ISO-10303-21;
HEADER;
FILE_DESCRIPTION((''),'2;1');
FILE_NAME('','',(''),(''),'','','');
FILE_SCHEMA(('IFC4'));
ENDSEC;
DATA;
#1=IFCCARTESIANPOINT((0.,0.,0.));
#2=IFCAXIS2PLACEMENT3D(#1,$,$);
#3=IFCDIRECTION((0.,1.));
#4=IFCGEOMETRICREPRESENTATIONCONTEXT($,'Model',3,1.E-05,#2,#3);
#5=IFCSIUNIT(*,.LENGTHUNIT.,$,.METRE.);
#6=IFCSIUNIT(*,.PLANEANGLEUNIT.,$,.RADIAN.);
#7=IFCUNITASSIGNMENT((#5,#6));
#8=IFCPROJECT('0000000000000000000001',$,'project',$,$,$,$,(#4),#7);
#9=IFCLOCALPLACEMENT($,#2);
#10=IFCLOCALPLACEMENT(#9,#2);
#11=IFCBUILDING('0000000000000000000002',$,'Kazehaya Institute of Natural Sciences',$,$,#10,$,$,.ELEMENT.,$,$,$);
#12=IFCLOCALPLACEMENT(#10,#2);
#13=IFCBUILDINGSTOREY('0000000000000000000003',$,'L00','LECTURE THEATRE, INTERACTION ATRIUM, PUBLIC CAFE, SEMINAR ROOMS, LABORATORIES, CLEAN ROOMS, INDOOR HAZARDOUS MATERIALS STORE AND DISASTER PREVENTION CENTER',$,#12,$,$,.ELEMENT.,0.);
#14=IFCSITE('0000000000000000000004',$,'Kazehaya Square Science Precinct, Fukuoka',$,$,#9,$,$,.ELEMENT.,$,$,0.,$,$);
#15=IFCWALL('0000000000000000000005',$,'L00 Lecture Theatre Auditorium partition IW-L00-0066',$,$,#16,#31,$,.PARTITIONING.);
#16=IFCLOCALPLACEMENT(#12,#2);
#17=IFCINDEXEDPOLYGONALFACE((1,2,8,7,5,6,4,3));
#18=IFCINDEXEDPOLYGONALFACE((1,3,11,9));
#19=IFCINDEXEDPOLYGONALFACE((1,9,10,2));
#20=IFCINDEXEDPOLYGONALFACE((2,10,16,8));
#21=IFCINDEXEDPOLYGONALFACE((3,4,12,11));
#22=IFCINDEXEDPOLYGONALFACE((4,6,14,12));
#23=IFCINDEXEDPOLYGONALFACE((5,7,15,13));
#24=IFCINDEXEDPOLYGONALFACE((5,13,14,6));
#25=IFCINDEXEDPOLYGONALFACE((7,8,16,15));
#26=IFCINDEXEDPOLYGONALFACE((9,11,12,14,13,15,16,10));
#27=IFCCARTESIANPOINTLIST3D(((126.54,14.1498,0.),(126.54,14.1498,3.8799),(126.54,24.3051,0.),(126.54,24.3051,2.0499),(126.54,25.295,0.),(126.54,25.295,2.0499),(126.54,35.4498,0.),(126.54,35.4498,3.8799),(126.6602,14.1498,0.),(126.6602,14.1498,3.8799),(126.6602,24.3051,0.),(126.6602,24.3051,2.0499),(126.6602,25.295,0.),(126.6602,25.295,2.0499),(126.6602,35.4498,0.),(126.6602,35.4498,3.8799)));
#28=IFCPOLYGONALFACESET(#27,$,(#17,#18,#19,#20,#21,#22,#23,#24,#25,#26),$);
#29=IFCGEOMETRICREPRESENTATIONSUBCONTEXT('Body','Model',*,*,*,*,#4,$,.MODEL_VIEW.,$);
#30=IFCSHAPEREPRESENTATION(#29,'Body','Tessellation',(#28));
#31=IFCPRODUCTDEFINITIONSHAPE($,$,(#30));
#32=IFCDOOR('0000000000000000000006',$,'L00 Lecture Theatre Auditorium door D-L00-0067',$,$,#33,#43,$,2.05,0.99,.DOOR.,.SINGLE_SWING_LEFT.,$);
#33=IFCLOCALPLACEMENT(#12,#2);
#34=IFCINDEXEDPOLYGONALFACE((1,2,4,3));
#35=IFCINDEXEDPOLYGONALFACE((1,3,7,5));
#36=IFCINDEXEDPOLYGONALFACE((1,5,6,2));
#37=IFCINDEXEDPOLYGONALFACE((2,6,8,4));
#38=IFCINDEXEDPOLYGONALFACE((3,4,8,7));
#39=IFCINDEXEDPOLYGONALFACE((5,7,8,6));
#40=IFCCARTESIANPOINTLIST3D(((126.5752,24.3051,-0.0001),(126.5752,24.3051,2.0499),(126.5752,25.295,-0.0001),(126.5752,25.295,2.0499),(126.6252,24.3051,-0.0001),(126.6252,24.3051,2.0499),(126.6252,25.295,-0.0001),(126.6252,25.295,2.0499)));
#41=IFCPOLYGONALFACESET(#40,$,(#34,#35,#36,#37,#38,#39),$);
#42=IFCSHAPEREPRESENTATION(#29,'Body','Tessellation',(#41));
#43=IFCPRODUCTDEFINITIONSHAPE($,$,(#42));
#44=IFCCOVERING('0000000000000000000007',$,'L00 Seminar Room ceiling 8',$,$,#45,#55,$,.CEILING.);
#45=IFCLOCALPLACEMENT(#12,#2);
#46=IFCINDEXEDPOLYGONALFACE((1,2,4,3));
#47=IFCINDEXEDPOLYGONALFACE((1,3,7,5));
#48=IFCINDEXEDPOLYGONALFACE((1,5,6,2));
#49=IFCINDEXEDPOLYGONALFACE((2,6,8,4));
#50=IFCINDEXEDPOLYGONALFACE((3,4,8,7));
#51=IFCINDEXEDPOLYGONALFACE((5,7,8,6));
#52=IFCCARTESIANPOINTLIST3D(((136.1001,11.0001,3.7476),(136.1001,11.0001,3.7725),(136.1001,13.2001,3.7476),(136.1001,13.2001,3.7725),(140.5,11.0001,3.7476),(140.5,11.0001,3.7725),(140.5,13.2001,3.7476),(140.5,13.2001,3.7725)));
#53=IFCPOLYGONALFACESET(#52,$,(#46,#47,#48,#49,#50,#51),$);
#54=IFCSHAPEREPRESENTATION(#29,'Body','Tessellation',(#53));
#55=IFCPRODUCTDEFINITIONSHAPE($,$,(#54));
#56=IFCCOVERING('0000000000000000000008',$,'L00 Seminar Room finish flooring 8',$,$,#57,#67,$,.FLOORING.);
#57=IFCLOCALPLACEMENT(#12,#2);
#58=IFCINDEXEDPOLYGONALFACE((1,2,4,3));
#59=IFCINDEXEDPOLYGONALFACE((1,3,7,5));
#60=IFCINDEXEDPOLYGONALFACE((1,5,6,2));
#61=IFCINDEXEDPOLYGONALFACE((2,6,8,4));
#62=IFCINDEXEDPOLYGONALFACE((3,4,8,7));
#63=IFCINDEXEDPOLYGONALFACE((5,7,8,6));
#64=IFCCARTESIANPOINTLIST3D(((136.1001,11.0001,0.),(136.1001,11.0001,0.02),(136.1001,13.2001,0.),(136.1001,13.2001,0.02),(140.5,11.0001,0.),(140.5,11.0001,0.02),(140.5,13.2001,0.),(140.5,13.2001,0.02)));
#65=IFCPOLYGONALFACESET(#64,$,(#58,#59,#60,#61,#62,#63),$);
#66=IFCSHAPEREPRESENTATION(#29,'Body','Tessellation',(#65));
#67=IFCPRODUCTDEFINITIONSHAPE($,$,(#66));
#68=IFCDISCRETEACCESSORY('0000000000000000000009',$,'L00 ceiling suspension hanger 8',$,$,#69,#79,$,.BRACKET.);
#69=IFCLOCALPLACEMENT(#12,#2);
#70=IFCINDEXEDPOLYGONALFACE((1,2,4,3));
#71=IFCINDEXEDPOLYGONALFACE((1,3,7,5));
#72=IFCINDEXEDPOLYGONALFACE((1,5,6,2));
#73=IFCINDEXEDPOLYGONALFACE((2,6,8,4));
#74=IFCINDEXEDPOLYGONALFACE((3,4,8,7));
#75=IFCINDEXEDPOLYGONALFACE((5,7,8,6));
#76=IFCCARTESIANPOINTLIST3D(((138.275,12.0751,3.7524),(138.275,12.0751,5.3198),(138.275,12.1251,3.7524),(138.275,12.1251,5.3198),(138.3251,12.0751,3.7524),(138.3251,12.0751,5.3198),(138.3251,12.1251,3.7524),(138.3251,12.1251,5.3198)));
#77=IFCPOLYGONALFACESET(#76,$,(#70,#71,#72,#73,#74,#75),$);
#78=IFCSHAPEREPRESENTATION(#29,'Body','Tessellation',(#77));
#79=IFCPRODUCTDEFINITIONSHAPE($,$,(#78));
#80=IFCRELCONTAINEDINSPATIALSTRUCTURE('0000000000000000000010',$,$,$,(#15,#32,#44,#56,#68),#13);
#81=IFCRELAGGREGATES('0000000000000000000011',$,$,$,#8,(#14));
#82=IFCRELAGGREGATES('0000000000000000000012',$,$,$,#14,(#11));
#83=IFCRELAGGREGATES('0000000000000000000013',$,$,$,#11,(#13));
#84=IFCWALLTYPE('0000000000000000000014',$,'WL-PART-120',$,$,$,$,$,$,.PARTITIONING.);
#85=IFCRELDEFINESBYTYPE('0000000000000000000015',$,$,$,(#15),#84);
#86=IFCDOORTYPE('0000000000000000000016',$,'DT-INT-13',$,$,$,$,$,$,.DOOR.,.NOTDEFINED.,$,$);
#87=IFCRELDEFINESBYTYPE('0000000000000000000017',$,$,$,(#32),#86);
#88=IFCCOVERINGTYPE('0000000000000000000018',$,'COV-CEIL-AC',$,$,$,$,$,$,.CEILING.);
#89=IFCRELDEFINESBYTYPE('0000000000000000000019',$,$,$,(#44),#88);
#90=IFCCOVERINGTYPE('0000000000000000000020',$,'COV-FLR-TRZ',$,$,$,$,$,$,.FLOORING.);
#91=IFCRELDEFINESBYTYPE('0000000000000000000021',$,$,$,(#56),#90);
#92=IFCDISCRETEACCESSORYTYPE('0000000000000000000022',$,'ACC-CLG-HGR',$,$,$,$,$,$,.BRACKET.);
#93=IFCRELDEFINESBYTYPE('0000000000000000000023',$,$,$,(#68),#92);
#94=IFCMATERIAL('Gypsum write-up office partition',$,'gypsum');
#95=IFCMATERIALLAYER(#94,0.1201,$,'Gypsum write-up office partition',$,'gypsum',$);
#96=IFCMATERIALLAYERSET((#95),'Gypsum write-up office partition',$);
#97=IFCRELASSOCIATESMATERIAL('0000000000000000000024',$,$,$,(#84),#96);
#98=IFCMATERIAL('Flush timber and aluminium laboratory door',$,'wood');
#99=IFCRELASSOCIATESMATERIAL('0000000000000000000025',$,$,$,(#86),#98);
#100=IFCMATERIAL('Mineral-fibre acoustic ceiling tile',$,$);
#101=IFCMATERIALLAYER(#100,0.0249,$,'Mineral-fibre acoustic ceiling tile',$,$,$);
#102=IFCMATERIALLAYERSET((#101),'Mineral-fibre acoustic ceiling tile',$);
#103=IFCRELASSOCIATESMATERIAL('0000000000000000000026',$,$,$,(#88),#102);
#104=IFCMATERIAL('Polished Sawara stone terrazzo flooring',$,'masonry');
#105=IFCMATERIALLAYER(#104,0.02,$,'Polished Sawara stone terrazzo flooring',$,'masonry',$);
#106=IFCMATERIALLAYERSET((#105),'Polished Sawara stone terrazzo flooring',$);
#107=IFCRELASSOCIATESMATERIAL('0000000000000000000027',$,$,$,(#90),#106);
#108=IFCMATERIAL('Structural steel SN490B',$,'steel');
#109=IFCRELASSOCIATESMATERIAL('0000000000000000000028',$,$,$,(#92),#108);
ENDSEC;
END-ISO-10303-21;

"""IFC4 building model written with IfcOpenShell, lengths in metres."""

from ifc_helpers import new_model, si_unit, direction, frame, frame_2d, origin, origin_2d, place, context, subcontext, project, spatial, rectangle, extrude, material, layer, layer_set, type_object, element, fill, save


model = new_model("IFC4")

# Units and contexts
model_context = context("Model", 3, precision=1e-05, world=origin(), true_north=direction((0.0, 1.0)))
body_context = subcontext(model_context, "Body", "Model", "MODEL_VIEW")
ifc_project = project(units=[si_unit("LENGTHUNIT", "METRE"), si_unit("PLANEANGLEUNIT", "RADIAN")], contexts=[model_context])

# Site, building, storey
site_placement = place(None, origin())
site = spatial("IfcSite", under=ifc_project, at=site_placement, Name="Kazehaya Square Science Precinct, Fukuoka", CompositionType="ELEMENT", RefElevation=0.0)
building_placement = place(site_placement, origin())
building = spatial("IfcBuilding", under=site, at=building_placement, Name="Kazehaya Institute of Natural Sciences", CompositionType="ELEMENT")
storey_placement = place(building_placement, origin())
storey = spatial("IfcBuildingStorey", under=building, at=storey_placement, Name="L00", Description="LECTURE THEATRE, INTERACTION ATRIUM, PUBLIC CAFE, SEMINAR ROOMS, LABORATORIES, CLEAN ROOMS, INDOOR HAZARDOUS MATERIALS STORE AND DISASTER PREVENTION CENTER", CompositionType="ELEMENT", Elevation=0.0)

# Wall, opening, door
ifc_material_1 = material(Name="Gypsum write-up office partition", Category="gypsum")
ifc_layer_1 = layer(ifc_material_1, 0.1201, Name="Gypsum write-up office partition", Category="gypsum")
ifc_layer_set_1 = layer_set([ifc_layer_1], Name="Gypsum write-up office partition")
wall_type_1 = type_object("IfcWallType", Name="WL-PART-120", PredefinedType="PARTITIONING", material=ifc_layer_set_1)
wall_1_placement = place(storey_placement, frame((126.6001, 14.1499, 0.0), z_axis=(0.0, 0.0, 1.0), x_axis=(0.0, 1.0, 0.0)))
wall_1 = element("IfcWall", 1, at=wall_1_placement, inside=storey, type_object=wall_type_1, Name="L00 Lecture Theatre Auditorium partition IW-L00-0066", PredefinedType="PARTITIONING", context=body_context, shape_type="SweptSolid", body=[
    extrude(rectangle(XDim=21.3, YDim=0.1201, at=frame_2d((10.6499, 0.0))), origin(), (0.0, 0.0, 1.0), 3.8799),
])
opening_placement = place(wall_1_placement, frame((10.155, 0.0, 0.0)))
opening = element("IfcOpeningElement", 2, at=opening_placement, cuts=wall_1, PredefinedType="OPENING", context=body_context, shape_type="SweptSolid", body=[
    extrude(rectangle(XDim=0.99, YDim=2.05, at=frame_2d((0.4951, 1.0249))), frame((0.0, 0.0701, 0.0), z_axis=(0.0, -1.0, 0.0), x_axis=(1.0, 0.0, 0.0)), (0.0, 0.0, 1.0), 0.1401),
])
ifc_material_2 = material(Name="Flush timber and aluminium laboratory door", Category="wood")
door_type = type_object("IfcDoorType", Name="DT-INT-13", OperationType="NOTDEFINED", PredefinedType="DOOR", material=ifc_material_2)
door_placement = place(opening_placement, origin())
door = element("IfcDoor", 3, at=door_placement, inside=storey, type_object=door_type, Name="L00 Lecture Theatre Auditorium door D-L00-0067", OperationType="SINGLE_SWING_LEFT", OverallHeight=2.05, OverallWidth=0.99, PredefinedType="DOOR", context=body_context, shape_type="SweptSolid", body=[
    extrude(rectangle(XDim=0.99, YDim=2.05, at=frame_2d((0.4951, 1.0249))), frame((0.0, 0.0249, 0.0), z_axis=(0.0, -1.0, 0.0), x_axis=(1.0, 0.0, 0.0)), (0.0, 0.0, 1.0), 0.05),
])
fill(opening, door)

# Coverings
ifc_material_3 = material(Name="Mineral-fibre acoustic ceiling tile")
ifc_layer_2 = layer(ifc_material_3, 0.0249, Name="Mineral-fibre acoustic ceiling tile")
ifc_layer_set_2 = layer_set([ifc_layer_2], Name="Mineral-fibre acoustic ceiling tile")
covering_type_1 = type_object("IfcCoveringType", Name="COV-CEIL-AC", PredefinedType="CEILING", material=ifc_layer_set_2)
covering_1_placement = place(storey_placement, frame((138.3, 12.1001, 3.7476), z_axis=(0.0, 0.0, 1.0), x_axis=(1.0, 0.0, 0.0)))
element("IfcCovering", 4, at=covering_1_placement, inside=storey, type_object=covering_type_1, Name="L00 Seminar Room ceiling 8", PredefinedType="CEILING", context=body_context, shape_type="SweptSolid", body=[
    extrude(rectangle(XDim=4.3999, YDim=2.2, at=origin_2d()), origin(), (0.0, 0.0, 1.0), 0.0249),
])
ifc_material_4 = material(Name="Polished Sawara stone terrazzo flooring", Category="masonry")
ifc_layer_3 = layer(ifc_material_4, 0.02, Name="Polished Sawara stone terrazzo flooring", Category="masonry")
ifc_layer_set_3 = layer_set([ifc_layer_3], Name="Polished Sawara stone terrazzo flooring")
covering_type_2 = type_object("IfcCoveringType", Name="COV-FLR-TRZ", PredefinedType="FLOORING", material=ifc_layer_set_3)
covering_2_placement = place(storey_placement, frame((138.3, 12.1001, 0.0), z_axis=(0.0, 0.0, 1.0), x_axis=(1.0, 0.0, 0.0)))
element("IfcCovering", 5, at=covering_2_placement, inside=storey, type_object=covering_type_2, Name="L00 Seminar Room finish flooring 8", PredefinedType="FLOORING", context=body_context, shape_type="SweptSolid", body=[
    extrude(rectangle(XDim=4.3999, YDim=2.2, at=origin_2d()), origin(), (0.0, 0.0, 1.0), 0.02),
])

# Discrete accessory
ifc_material_5 = material(Name="Structural steel SN490B", Category="steel")
discrete_accessory_type = type_object("IfcDiscreteAccessoryType", Name="ACC-CLG-HGR", PredefinedType="BRACKET", material=ifc_material_5)
discrete_accessory_placement = place(storey_placement, frame((138.3, 12.1001, 3.7524), z_axis=(0.0, 0.0, 1.0), x_axis=(1.0, 0.0, 0.0)))
element("IfcDiscreteAccessory", 6, at=discrete_accessory_placement, inside=storey, type_object=discrete_accessory_type, Name="L00 ceiling suspension hanger 8", PredefinedType="BRACKET", context=body_context, shape_type="SweptSolid", body=[
    extrude(rectangle(XDim=0.05, YDim=0.05, at=origin_2d()), origin(), (0.0, 0.0, 1.0), 1.5674),
])

save(model, "model.ifc")
